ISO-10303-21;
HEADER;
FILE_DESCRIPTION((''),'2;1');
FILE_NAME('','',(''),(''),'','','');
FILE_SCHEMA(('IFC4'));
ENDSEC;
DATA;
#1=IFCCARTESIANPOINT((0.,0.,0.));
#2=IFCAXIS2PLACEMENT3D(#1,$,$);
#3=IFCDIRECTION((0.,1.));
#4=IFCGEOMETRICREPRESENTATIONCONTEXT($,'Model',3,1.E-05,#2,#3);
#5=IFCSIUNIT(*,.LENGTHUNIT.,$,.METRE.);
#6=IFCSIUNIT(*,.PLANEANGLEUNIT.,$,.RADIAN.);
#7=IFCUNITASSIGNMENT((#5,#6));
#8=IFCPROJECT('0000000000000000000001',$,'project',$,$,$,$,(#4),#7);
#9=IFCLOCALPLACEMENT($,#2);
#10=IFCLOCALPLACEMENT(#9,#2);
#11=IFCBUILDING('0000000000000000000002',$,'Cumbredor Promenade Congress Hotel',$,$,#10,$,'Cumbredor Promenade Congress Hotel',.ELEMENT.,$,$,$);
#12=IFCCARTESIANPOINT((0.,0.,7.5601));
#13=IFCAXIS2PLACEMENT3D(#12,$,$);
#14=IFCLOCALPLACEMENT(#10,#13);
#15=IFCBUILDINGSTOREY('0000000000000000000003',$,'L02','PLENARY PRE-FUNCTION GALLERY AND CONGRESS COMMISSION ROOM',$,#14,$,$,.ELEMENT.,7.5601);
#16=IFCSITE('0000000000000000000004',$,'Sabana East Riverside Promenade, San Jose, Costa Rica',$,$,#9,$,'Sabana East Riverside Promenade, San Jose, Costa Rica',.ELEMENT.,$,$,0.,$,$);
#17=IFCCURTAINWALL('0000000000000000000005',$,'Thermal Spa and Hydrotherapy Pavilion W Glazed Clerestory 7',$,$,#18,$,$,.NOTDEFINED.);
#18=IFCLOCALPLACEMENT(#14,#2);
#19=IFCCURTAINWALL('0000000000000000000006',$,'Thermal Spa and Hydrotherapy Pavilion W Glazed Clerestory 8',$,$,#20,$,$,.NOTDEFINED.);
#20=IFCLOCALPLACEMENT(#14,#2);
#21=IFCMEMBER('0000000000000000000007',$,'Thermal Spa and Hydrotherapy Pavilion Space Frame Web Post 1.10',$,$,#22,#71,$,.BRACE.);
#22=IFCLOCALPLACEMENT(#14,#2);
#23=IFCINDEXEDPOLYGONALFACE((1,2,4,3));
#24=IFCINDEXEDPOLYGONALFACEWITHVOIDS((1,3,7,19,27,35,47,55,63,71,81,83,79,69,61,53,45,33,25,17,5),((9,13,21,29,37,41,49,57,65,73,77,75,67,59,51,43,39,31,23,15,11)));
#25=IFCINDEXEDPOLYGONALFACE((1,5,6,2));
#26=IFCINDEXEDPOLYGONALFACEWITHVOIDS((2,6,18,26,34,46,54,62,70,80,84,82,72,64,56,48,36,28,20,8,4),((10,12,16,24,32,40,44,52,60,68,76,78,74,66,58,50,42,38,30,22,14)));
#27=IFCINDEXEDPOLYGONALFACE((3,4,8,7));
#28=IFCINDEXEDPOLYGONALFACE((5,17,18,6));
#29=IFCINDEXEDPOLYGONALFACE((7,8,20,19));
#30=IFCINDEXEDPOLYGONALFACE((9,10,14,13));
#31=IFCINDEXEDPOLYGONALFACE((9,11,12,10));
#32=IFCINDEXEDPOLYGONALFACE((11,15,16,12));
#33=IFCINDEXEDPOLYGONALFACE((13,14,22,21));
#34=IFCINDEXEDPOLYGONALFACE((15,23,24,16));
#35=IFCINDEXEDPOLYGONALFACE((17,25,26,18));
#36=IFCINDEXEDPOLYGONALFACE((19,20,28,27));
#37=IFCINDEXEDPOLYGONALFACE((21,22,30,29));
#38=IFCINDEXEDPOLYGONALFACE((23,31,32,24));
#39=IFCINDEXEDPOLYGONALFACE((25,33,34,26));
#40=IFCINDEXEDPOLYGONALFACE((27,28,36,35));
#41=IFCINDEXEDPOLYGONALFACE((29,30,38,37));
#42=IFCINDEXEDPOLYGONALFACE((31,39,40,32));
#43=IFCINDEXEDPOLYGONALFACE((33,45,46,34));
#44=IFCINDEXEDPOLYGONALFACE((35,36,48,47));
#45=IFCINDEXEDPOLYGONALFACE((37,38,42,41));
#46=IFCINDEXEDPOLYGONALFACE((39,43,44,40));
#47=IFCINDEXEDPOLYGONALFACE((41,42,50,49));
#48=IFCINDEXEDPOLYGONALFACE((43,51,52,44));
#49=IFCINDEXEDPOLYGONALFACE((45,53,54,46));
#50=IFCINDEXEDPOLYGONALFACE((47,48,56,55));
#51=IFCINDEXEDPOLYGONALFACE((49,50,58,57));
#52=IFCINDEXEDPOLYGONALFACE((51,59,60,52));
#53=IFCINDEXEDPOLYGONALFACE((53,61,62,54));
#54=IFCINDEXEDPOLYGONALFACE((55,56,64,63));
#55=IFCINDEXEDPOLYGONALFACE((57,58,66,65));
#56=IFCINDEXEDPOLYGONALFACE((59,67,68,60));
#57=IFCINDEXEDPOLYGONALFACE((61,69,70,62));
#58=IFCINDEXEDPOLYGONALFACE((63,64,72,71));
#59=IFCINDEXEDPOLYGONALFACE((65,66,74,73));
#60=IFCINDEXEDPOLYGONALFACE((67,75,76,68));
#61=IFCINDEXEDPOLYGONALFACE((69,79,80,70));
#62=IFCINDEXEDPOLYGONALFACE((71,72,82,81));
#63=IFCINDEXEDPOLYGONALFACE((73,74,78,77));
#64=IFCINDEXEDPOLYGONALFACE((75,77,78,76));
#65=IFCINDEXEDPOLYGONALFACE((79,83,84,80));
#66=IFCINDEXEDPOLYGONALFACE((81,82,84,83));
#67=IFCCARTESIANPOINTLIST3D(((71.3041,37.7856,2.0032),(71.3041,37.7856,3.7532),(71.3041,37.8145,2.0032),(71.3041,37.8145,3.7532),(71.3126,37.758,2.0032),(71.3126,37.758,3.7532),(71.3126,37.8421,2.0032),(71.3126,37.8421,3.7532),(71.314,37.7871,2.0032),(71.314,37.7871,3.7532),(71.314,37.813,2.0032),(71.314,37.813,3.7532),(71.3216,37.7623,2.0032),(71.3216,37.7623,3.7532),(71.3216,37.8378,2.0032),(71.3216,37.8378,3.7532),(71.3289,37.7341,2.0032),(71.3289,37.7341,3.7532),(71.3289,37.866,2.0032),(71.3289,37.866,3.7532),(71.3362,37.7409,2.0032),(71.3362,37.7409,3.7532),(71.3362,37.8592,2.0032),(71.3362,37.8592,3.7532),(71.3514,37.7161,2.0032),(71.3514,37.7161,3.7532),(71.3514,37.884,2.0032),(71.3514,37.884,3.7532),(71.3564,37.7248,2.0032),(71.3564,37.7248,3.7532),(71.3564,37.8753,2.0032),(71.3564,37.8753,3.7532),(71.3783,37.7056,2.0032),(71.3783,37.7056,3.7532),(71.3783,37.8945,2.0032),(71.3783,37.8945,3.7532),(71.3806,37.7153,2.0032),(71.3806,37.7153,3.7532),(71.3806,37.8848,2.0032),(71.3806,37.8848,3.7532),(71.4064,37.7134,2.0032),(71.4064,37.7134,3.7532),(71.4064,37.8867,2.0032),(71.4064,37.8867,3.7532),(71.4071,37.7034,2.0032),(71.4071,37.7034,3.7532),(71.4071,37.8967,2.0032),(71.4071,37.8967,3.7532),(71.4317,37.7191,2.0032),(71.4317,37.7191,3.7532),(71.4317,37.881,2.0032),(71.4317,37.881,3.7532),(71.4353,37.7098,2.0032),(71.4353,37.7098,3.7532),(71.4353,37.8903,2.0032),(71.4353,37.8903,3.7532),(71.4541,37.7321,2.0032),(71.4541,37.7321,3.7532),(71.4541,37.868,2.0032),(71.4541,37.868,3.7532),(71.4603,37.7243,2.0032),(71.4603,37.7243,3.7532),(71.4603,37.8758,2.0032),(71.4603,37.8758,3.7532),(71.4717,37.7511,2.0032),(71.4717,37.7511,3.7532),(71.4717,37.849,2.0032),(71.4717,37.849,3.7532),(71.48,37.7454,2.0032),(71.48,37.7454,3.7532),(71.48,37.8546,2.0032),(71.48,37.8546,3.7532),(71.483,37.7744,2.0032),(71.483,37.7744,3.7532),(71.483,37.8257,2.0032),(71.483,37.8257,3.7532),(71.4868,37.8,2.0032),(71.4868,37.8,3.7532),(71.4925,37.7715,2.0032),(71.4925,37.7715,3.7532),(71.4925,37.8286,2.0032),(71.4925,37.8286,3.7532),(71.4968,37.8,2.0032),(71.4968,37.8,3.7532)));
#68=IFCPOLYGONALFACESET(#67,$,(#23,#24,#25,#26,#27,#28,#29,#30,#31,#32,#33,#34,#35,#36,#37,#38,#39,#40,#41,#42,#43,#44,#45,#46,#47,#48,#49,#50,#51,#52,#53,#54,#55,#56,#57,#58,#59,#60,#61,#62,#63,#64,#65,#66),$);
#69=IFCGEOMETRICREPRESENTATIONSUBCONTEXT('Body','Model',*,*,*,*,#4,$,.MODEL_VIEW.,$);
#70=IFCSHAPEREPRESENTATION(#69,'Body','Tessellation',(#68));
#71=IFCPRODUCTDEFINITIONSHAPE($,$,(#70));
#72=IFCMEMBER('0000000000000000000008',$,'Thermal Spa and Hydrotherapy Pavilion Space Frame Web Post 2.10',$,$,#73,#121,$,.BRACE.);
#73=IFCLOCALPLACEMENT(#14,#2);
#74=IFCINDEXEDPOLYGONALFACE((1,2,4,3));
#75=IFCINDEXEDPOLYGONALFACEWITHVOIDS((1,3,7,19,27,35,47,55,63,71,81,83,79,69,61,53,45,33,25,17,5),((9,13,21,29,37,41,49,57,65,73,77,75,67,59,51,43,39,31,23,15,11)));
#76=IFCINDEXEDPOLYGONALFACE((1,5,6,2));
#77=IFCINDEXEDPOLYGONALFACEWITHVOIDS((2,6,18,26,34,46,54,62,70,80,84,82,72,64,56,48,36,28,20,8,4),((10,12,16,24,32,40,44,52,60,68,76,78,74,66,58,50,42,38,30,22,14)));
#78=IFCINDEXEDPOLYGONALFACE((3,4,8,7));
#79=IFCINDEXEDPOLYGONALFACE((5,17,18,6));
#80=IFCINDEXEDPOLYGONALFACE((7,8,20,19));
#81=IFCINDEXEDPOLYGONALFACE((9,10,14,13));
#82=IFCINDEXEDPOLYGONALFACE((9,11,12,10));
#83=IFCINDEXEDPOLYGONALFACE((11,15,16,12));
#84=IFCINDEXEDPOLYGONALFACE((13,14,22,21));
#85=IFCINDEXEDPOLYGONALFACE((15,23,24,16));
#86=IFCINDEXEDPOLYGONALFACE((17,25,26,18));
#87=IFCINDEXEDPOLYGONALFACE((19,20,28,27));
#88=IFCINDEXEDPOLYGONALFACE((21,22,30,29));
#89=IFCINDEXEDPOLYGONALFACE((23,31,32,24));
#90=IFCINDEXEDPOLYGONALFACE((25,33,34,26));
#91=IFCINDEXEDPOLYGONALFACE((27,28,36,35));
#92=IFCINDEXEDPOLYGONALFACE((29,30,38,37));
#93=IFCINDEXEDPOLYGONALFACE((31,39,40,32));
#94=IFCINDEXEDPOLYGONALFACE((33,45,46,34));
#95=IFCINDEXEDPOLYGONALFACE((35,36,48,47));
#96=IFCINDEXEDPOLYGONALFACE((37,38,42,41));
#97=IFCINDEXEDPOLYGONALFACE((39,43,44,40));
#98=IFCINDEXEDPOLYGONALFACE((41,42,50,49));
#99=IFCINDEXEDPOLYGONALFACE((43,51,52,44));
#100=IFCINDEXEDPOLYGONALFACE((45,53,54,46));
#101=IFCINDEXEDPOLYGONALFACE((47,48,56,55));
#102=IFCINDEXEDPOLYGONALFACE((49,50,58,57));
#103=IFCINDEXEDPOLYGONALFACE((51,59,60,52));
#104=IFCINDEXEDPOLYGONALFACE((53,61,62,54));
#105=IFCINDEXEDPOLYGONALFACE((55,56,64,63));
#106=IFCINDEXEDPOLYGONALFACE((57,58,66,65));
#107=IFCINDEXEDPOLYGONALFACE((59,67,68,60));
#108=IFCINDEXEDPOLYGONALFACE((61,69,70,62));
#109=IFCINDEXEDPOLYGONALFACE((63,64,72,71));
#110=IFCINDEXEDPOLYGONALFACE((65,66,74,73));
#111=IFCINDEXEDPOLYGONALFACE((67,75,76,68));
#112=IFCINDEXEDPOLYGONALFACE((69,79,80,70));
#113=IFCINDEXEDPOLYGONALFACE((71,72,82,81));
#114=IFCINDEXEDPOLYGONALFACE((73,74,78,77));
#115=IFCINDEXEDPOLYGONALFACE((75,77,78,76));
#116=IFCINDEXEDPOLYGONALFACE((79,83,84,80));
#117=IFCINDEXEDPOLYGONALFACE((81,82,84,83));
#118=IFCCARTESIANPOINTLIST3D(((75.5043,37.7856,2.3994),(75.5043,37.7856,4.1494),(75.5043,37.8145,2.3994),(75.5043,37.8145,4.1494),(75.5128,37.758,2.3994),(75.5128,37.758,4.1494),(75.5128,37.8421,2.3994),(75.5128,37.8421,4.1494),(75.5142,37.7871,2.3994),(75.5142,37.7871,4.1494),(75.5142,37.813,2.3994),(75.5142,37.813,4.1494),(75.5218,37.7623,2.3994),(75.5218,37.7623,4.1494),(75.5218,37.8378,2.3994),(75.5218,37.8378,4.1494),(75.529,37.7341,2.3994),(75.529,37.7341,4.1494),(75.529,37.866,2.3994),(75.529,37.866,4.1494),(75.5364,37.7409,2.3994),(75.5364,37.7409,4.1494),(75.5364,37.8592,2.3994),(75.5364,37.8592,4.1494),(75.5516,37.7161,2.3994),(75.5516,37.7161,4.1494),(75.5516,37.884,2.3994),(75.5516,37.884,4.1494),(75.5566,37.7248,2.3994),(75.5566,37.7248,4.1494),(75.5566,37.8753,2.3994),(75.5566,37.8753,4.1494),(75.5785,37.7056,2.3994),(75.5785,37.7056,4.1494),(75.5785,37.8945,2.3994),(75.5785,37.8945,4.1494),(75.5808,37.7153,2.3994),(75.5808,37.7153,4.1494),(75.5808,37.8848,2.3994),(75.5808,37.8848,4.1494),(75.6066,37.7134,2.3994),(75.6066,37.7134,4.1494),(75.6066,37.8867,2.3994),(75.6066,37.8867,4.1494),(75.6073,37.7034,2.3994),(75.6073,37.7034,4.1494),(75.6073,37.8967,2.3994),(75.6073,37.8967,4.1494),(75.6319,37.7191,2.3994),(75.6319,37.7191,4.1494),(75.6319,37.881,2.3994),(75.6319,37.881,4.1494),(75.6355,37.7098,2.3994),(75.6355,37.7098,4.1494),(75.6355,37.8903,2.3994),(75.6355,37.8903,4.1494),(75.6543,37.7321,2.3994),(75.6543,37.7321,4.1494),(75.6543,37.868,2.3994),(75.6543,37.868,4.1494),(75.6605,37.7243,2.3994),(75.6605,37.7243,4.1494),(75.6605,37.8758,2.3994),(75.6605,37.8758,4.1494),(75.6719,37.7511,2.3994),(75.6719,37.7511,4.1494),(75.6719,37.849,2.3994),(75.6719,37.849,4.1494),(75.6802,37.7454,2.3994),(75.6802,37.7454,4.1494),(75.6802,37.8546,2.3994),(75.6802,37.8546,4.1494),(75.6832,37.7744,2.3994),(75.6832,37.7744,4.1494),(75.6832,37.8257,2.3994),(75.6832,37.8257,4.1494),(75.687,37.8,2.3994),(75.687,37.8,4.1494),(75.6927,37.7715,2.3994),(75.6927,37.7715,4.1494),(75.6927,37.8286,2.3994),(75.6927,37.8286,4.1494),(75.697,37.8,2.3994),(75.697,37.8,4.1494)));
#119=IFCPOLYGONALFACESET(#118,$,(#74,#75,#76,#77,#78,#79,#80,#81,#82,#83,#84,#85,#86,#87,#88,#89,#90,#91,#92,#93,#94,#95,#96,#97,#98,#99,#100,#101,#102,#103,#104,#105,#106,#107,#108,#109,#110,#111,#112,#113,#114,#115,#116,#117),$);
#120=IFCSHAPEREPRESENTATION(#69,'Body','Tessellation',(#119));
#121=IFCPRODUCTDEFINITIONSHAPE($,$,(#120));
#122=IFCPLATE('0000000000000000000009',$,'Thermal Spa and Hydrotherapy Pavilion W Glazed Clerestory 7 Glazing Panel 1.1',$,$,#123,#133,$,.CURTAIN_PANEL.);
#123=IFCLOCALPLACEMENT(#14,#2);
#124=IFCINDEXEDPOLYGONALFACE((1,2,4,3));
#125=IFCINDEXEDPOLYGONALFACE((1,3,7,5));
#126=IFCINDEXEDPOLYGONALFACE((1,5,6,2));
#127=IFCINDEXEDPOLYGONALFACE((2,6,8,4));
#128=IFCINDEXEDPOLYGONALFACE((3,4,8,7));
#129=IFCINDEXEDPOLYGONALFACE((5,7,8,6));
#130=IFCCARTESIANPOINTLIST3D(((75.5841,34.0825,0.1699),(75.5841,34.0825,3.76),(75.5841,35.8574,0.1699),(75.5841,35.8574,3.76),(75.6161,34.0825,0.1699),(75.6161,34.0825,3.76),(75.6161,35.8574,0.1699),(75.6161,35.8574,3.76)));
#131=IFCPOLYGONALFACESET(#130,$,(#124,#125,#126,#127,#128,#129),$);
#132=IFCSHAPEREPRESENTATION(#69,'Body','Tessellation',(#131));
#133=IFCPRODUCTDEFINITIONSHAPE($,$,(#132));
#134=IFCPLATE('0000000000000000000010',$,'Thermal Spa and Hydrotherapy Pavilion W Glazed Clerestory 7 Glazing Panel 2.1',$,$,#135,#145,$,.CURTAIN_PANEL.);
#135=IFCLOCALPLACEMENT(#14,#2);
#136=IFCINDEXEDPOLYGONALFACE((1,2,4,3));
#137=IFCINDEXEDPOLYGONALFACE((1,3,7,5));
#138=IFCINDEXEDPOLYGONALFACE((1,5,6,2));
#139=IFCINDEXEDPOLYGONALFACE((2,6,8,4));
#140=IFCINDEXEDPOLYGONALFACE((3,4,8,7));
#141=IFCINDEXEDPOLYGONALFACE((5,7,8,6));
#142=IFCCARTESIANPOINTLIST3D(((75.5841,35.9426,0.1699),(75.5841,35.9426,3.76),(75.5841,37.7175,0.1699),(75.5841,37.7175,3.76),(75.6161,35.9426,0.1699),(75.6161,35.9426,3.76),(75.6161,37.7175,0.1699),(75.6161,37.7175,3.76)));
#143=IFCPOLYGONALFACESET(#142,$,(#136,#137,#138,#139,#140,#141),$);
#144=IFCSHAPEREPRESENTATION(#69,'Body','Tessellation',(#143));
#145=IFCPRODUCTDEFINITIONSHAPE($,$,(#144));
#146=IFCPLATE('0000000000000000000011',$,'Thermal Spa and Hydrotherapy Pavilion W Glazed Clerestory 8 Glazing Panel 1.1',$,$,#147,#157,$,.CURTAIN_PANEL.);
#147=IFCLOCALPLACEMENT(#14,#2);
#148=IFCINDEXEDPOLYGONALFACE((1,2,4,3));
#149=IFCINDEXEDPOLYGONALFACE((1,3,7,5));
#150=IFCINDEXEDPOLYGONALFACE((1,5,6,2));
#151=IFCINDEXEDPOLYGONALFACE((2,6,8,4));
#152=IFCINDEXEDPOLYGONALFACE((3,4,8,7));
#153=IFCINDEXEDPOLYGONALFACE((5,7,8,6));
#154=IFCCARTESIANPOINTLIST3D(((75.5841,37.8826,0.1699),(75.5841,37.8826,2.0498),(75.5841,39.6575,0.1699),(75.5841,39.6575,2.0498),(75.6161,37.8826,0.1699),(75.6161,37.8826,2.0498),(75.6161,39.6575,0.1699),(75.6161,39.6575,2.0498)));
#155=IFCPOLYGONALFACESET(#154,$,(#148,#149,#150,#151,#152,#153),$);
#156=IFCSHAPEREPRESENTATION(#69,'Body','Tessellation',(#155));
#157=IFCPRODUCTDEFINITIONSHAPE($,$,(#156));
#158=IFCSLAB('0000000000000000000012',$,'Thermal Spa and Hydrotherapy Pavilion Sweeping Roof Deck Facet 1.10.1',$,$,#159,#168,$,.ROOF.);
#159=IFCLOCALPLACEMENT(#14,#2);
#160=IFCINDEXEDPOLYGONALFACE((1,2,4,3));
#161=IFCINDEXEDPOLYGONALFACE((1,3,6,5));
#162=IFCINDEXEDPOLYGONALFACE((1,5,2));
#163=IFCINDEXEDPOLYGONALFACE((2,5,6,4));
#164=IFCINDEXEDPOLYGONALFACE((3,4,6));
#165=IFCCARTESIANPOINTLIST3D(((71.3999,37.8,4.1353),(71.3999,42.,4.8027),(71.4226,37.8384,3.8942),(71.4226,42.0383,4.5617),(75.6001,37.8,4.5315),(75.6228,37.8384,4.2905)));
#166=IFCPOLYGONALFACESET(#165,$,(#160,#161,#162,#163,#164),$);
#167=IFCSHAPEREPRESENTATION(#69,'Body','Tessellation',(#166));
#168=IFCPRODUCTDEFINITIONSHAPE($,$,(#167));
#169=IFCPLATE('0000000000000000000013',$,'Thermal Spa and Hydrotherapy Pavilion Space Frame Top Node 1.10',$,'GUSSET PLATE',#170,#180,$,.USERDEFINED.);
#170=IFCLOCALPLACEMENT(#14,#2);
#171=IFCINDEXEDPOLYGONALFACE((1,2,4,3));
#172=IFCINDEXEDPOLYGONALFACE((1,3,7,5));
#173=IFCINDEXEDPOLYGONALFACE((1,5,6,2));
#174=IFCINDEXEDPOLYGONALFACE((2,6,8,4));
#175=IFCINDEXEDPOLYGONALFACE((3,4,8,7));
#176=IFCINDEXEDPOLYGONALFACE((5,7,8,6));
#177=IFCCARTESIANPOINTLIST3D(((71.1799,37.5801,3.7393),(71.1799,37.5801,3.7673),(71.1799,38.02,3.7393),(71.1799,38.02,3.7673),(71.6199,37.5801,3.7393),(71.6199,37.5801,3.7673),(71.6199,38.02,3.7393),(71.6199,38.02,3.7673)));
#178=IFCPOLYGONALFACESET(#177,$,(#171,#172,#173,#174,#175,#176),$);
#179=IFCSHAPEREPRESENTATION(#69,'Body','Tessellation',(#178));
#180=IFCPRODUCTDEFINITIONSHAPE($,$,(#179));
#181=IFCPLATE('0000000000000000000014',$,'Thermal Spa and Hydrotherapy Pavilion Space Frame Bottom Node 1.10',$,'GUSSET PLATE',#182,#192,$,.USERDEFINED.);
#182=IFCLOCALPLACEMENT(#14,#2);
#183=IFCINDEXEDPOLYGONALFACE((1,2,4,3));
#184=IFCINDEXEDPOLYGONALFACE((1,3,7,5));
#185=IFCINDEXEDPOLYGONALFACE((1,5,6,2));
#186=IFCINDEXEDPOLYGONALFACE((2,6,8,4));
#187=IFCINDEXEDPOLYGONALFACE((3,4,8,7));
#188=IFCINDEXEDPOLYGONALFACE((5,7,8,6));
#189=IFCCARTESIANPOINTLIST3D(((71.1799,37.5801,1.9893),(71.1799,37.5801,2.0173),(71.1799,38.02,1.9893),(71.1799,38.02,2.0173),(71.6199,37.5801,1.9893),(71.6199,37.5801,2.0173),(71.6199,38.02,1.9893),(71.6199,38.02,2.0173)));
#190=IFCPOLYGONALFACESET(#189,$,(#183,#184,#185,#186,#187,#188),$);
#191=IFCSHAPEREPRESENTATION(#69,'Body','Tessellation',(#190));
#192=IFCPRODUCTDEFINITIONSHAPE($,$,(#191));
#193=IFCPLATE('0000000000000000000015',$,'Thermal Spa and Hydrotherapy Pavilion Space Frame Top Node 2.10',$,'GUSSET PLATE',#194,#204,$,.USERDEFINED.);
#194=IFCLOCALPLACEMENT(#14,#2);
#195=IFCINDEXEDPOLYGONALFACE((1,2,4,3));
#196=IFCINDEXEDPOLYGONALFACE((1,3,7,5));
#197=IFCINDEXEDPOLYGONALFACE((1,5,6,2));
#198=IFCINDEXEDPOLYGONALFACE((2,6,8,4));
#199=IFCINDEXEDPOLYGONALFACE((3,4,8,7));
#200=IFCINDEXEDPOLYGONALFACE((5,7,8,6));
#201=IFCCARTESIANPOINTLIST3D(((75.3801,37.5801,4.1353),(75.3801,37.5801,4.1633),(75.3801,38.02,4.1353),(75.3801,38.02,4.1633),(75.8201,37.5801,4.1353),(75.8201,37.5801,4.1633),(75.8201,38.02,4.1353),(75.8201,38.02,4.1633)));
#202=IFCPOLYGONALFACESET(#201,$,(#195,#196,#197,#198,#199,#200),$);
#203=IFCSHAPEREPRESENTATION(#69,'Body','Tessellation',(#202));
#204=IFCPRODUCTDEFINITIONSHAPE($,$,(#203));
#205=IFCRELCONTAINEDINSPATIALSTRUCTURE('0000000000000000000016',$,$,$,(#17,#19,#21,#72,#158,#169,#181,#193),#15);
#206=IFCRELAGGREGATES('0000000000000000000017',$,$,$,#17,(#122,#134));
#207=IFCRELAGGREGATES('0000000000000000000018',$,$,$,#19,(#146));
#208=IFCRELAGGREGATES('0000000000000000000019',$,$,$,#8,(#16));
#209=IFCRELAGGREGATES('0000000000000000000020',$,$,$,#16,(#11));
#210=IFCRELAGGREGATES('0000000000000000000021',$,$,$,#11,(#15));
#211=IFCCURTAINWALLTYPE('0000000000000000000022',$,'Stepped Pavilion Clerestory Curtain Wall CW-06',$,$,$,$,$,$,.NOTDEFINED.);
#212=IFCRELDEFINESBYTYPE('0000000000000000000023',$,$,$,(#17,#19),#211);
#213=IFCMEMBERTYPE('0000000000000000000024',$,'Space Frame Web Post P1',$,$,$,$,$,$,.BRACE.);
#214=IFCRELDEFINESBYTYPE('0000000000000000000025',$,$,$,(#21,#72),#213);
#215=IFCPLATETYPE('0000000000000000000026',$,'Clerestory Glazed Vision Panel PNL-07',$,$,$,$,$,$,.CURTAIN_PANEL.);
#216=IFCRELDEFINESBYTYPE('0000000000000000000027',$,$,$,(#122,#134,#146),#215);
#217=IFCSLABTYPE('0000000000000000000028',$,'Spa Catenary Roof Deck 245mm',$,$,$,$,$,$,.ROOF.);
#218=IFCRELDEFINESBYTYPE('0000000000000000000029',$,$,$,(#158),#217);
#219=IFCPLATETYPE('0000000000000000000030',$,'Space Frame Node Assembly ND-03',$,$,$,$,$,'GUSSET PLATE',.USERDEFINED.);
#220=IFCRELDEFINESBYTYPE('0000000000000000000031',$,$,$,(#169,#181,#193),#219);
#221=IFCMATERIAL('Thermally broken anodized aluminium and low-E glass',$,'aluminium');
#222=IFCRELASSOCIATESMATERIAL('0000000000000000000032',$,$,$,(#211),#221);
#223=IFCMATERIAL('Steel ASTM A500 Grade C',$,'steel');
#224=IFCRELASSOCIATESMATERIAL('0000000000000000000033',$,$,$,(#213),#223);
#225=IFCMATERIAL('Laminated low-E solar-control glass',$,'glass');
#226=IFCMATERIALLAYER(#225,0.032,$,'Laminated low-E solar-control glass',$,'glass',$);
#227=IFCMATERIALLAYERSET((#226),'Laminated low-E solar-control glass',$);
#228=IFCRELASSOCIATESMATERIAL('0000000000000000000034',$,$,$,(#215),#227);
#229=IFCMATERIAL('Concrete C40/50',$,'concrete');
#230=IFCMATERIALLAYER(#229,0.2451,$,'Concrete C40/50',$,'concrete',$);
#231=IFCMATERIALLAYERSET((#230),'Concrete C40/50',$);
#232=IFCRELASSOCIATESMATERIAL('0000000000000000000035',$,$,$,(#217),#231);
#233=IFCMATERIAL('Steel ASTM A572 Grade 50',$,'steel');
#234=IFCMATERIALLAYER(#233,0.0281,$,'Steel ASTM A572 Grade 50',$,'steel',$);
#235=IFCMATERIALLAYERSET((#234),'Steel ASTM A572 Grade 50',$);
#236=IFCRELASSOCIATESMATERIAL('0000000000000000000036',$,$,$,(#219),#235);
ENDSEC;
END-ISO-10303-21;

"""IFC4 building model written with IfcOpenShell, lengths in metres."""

from ifc_helpers import new_model, si_unit, direction, frame, origin, origin_2d, place, context, subcontext, project, spatial, polyline, rectangle, hollow_circle, outline, extrude, material, layer, layer_set, material_profile, profile_set, type_object, element, aggregate, save


model = new_model("IFC4")

# Units and contexts
model_context = context("Model", 3, precision=1e-05, world=origin(), true_north=direction((0.0, 1.0)))
body_context = subcontext(model_context, "Body", "Model", "MODEL_VIEW")
ifc_project = project(units=[si_unit("LENGTHUNIT", "METRE"), si_unit("PLANEANGLEUNIT", "RADIAN")], contexts=[model_context])

# Site, building, storey
site_placement = place(None, origin())
site = spatial("IfcSite", under=ifc_project, at=site_placement, Name="Sabana East Riverside Promenade, San Jose, Costa Rica", LongName="Sabana East Riverside Promenade, San Jose, Costa Rica", CompositionType="ELEMENT", RefElevation=0.0)
building_placement = place(site_placement, origin())
building = spatial("IfcBuilding", under=site, at=building_placement, Name="Cumbredor Promenade Congress Hotel", LongName="Cumbredor Promenade Congress Hotel", CompositionType="ELEMENT")
storey_placement = place(building_placement, frame((0.0, 0.0, 7.5601)))
storey = spatial("IfcBuildingStorey", under=building, at=storey_placement, Name="L02", Description="PLENARY PRE-FUNCTION GALLERY AND CONGRESS COMMISSION ROOM", CompositionType="ELEMENT", Elevation=7.5601)

# Curtain wall
ifc_material_1 = material(Name="Thermally broken anodized aluminium and low-E glass", Category="aluminium")
curtain_wall_type = type_object("IfcCurtainWallType", Name="Stepped Pavilion Clerestory Curtain Wall CW-06", PredefinedType="NOTDEFINED", material=ifc_material_1)
curtain_wall_1_placement = place(storey_placement, origin())
curtain_wall_1 = element("IfcCurtainWall", 1, at=curtain_wall_1_placement, inside=storey, type_object=curtain_wall_type, Name="Thermal Spa and Hydrotherapy Pavilion W Glazed Clerestory 7", PredefinedType="NOTDEFINED")

# Curtain wall
curtain_wall_2_placement = place(storey_placement, origin())
curtain_wall_2 = element("IfcCurtainWall", 2, at=curtain_wall_2_placement, inside=storey, type_object=curtain_wall_type, Name="Thermal Spa and Hydrotherapy Pavilion W Glazed Clerestory 8", PredefinedType="NOTDEFINED")

# Members
ifc_material_2 = material(Name="Steel ASTM A500 Grade C", Category="steel")
ifc_material_profile_1 = material_profile(ifc_material_2, hollow_circle(Radius=0.0969, WallThickness=0.01, at=origin_2d()), Name="CHS 193.7x10")
ifc_profile_set_1 = profile_set([ifc_material_profile_1], Name="Steel ASTM A500 Grade C")
member_type_1 = type_object("IfcMemberType", Name="Space Frame Web Post P1", PredefinedType="BRACE", material=ifc_profile_set_1)
for number, where, z_axis, x_axis, name in (
    (3, (71.3999, 37.8, 2.0032), (0.0, 0.0, 1.0), (1.0, 0.0, 0.0), "Thermal Spa and Hydrotherapy Pavilion Space Frame Web Post 1.10"),
    (4, (75.6001, 37.8, 2.3994), (0.0, 0.0, 1.0), (1.0, 0.0, 0.0), "Thermal Spa and Hydrotherapy Pavilion Space Frame Web Post 2.10"),
):
    element("IfcMember", number, at=place(storey_placement, frame(where, z_axis=z_axis, x_axis=x_axis)), inside=storey, type_object=member_type_1, Name=name, PredefinedType="BRACE", context=body_context, shape_type="SweptSolid", body=[
        extrude(hollow_circle(Radius=0.0969, WallThickness=0.01, at=origin_2d()), origin(), (0.0, 0.0, 1.0), 1.75),
    ])

# Plates
ifc_material_3 = material(Name="Laminated low-E solar-control glass", Category="glass")
ifc_layer_1 = layer(ifc_material_3, 0.032, Name="Laminated low-E solar-control glass", Category="glass")
ifc_layer_set_1 = layer_set([ifc_layer_1], Name="Laminated low-E solar-control glass")
plate_type_1 = type_object("IfcPlateType", Name="Clerestory Glazed Vision Panel PNL-07", PredefinedType="CURTAIN_PANEL", material=ifc_layer_set_1)
plate_1_placement = place(storey_placement, frame((75.6001, 34.97, 0.1699), z_axis=(0.0, 0.0, 1.0), x_axis=(0.0, 1.0, 0.0)))
plate_1 = element("IfcPlate", 5, at=plate_1_placement, type_object=plate_type_1, Name="Thermal Spa and Hydrotherapy Pavilion W Glazed Clerestory 7 Glazing Panel 1.1", PredefinedType="CURTAIN_PANEL", context=body_context, shape_type="SweptSolid", body=[
    extrude(rectangle(XDim=1.7749, YDim=0.032, at=origin_2d()), origin(), (0.0, 0.0, 1.0), 3.5901),
])
plate_2_placement = place(storey_placement, frame((75.6001, 36.8301, 0.1699), z_axis=(0.0, 0.0, 1.0), x_axis=(0.0, 1.0, 0.0)))
plate_2 = element("IfcPlate", 6, at=plate_2_placement, type_object=plate_type_1, Name="Thermal Spa and Hydrotherapy Pavilion W Glazed Clerestory 7 Glazing Panel 2.1", PredefinedType="CURTAIN_PANEL", context=body_context, shape_type="SweptSolid", body=[
    extrude(rectangle(XDim=1.7749, YDim=0.032, at=origin_2d()), origin(), (0.0, 0.0, 1.0), 3.5901),
])
aggregate(curtain_wall_1, [plate_1, plate_2])
plate_3_placement = place(storey_placement, frame((75.6001, 38.77, 0.1699), z_axis=(0.0, 0.0, 1.0), x_axis=(0.0, 1.0, 0.0)))
plate_3 = element("IfcPlate", 7, at=plate_3_placement, type_object=plate_type_1, Name="Thermal Spa and Hydrotherapy Pavilion W Glazed Clerestory 8 Glazing Panel 1.1", PredefinedType="CURTAIN_PANEL", context=body_context, shape_type="SweptSolid", body=[
    extrude(rectangle(XDim=1.7749, YDim=0.032, at=origin_2d()), origin(), (0.0, 0.0, 1.0), 1.8799),
])
aggregate(curtain_wall_2, [plate_3])

# Slab
ifc_material_4 = material(Name="Concrete C40/50", Category="concrete")
ifc_layer_2 = layer(ifc_material_4, 0.2451, Name="Concrete C40/50", Category="concrete")
ifc_layer_set_2 = layer_set([ifc_layer_2], Name="Concrete C40/50")
slab_type = type_object("IfcSlabType", Name="Spa Catenary Roof Deck 245mm", PredefinedType="ROOF", material=ifc_layer_set_2)
slab_placement = place(storey_placement, frame((71.3999, 37.8, 4.1353), z_axis=(-0.092767, -0.156279, 0.983347), x_axis=(0.99558, 0.0, 0.093922)))
element("IfcSlab", 8, at=slab_placement, inside=storey, type_object=slab_type, Name="Thermal Spa and Hydrotherapy Pavilion Sweeping Roof Deck Facet 1.10.1", PredefinedType="ROOF", context=body_context, shape_type="SweptSolid", body=[
    extrude(outline(polyline([(0.0, 0.0), (4.2188, 0.0), (0.0627, 4.2522), (0.0, 0.0)])), origin(), (0.0, 0.0, -1.0), 0.2451),
])

# Plates
ifc_material_5 = material(Name="Steel ASTM A572 Grade 50", Category="steel")
ifc_layer_3 = layer(ifc_material_5, 0.0281, Name="Steel ASTM A572 Grade 50", Category="steel")
ifc_layer_set_3 = layer_set([ifc_layer_3], Name="Steel ASTM A572 Grade 50")
plate_type_2 = type_object("IfcPlateType", Name="Space Frame Node Assembly ND-03", ElementType="GUSSET PLATE", PredefinedType="USERDEFINED", material=ifc_layer_set_3)
for number, where, z_axis, x_axis, name in (
    (9, (71.3999, 37.8, 3.7393), (0.0, 0.0, 1.0), (1.0, 0.0, 0.0), "Thermal Spa and Hydrotherapy Pavilion Space Frame Top Node 1.10"),
    (10, (71.3999, 37.8, 1.9893), (0.0, 0.0, 1.0), (1.0, 0.0, 0.0), "Thermal Spa and Hydrotherapy Pavilion Space Frame Bottom Node 1.10"),
    (11, (75.6001, 37.8, 4.1353), (0.0, 0.0, 1.0), (1.0, 0.0, 0.0), "Thermal Spa and Hydrotherapy Pavilion Space Frame Top Node 2.10"),
):
    element("IfcPlate", number, at=place(storey_placement, frame(where, z_axis=z_axis, x_axis=x_axis)), inside=storey, type_object=plate_type_2, Name=name, ObjectType="GUSSET PLATE", PredefinedType="USERDEFINED", context=body_context, shape_type="SweptSolid", body=[
        extrude(rectangle(XDim=0.4399, YDim=0.4399, at=origin_2d()), origin(), (0.0, 0.0, 1.0), 0.0281),
    ])

save(model, "model.ifc")
